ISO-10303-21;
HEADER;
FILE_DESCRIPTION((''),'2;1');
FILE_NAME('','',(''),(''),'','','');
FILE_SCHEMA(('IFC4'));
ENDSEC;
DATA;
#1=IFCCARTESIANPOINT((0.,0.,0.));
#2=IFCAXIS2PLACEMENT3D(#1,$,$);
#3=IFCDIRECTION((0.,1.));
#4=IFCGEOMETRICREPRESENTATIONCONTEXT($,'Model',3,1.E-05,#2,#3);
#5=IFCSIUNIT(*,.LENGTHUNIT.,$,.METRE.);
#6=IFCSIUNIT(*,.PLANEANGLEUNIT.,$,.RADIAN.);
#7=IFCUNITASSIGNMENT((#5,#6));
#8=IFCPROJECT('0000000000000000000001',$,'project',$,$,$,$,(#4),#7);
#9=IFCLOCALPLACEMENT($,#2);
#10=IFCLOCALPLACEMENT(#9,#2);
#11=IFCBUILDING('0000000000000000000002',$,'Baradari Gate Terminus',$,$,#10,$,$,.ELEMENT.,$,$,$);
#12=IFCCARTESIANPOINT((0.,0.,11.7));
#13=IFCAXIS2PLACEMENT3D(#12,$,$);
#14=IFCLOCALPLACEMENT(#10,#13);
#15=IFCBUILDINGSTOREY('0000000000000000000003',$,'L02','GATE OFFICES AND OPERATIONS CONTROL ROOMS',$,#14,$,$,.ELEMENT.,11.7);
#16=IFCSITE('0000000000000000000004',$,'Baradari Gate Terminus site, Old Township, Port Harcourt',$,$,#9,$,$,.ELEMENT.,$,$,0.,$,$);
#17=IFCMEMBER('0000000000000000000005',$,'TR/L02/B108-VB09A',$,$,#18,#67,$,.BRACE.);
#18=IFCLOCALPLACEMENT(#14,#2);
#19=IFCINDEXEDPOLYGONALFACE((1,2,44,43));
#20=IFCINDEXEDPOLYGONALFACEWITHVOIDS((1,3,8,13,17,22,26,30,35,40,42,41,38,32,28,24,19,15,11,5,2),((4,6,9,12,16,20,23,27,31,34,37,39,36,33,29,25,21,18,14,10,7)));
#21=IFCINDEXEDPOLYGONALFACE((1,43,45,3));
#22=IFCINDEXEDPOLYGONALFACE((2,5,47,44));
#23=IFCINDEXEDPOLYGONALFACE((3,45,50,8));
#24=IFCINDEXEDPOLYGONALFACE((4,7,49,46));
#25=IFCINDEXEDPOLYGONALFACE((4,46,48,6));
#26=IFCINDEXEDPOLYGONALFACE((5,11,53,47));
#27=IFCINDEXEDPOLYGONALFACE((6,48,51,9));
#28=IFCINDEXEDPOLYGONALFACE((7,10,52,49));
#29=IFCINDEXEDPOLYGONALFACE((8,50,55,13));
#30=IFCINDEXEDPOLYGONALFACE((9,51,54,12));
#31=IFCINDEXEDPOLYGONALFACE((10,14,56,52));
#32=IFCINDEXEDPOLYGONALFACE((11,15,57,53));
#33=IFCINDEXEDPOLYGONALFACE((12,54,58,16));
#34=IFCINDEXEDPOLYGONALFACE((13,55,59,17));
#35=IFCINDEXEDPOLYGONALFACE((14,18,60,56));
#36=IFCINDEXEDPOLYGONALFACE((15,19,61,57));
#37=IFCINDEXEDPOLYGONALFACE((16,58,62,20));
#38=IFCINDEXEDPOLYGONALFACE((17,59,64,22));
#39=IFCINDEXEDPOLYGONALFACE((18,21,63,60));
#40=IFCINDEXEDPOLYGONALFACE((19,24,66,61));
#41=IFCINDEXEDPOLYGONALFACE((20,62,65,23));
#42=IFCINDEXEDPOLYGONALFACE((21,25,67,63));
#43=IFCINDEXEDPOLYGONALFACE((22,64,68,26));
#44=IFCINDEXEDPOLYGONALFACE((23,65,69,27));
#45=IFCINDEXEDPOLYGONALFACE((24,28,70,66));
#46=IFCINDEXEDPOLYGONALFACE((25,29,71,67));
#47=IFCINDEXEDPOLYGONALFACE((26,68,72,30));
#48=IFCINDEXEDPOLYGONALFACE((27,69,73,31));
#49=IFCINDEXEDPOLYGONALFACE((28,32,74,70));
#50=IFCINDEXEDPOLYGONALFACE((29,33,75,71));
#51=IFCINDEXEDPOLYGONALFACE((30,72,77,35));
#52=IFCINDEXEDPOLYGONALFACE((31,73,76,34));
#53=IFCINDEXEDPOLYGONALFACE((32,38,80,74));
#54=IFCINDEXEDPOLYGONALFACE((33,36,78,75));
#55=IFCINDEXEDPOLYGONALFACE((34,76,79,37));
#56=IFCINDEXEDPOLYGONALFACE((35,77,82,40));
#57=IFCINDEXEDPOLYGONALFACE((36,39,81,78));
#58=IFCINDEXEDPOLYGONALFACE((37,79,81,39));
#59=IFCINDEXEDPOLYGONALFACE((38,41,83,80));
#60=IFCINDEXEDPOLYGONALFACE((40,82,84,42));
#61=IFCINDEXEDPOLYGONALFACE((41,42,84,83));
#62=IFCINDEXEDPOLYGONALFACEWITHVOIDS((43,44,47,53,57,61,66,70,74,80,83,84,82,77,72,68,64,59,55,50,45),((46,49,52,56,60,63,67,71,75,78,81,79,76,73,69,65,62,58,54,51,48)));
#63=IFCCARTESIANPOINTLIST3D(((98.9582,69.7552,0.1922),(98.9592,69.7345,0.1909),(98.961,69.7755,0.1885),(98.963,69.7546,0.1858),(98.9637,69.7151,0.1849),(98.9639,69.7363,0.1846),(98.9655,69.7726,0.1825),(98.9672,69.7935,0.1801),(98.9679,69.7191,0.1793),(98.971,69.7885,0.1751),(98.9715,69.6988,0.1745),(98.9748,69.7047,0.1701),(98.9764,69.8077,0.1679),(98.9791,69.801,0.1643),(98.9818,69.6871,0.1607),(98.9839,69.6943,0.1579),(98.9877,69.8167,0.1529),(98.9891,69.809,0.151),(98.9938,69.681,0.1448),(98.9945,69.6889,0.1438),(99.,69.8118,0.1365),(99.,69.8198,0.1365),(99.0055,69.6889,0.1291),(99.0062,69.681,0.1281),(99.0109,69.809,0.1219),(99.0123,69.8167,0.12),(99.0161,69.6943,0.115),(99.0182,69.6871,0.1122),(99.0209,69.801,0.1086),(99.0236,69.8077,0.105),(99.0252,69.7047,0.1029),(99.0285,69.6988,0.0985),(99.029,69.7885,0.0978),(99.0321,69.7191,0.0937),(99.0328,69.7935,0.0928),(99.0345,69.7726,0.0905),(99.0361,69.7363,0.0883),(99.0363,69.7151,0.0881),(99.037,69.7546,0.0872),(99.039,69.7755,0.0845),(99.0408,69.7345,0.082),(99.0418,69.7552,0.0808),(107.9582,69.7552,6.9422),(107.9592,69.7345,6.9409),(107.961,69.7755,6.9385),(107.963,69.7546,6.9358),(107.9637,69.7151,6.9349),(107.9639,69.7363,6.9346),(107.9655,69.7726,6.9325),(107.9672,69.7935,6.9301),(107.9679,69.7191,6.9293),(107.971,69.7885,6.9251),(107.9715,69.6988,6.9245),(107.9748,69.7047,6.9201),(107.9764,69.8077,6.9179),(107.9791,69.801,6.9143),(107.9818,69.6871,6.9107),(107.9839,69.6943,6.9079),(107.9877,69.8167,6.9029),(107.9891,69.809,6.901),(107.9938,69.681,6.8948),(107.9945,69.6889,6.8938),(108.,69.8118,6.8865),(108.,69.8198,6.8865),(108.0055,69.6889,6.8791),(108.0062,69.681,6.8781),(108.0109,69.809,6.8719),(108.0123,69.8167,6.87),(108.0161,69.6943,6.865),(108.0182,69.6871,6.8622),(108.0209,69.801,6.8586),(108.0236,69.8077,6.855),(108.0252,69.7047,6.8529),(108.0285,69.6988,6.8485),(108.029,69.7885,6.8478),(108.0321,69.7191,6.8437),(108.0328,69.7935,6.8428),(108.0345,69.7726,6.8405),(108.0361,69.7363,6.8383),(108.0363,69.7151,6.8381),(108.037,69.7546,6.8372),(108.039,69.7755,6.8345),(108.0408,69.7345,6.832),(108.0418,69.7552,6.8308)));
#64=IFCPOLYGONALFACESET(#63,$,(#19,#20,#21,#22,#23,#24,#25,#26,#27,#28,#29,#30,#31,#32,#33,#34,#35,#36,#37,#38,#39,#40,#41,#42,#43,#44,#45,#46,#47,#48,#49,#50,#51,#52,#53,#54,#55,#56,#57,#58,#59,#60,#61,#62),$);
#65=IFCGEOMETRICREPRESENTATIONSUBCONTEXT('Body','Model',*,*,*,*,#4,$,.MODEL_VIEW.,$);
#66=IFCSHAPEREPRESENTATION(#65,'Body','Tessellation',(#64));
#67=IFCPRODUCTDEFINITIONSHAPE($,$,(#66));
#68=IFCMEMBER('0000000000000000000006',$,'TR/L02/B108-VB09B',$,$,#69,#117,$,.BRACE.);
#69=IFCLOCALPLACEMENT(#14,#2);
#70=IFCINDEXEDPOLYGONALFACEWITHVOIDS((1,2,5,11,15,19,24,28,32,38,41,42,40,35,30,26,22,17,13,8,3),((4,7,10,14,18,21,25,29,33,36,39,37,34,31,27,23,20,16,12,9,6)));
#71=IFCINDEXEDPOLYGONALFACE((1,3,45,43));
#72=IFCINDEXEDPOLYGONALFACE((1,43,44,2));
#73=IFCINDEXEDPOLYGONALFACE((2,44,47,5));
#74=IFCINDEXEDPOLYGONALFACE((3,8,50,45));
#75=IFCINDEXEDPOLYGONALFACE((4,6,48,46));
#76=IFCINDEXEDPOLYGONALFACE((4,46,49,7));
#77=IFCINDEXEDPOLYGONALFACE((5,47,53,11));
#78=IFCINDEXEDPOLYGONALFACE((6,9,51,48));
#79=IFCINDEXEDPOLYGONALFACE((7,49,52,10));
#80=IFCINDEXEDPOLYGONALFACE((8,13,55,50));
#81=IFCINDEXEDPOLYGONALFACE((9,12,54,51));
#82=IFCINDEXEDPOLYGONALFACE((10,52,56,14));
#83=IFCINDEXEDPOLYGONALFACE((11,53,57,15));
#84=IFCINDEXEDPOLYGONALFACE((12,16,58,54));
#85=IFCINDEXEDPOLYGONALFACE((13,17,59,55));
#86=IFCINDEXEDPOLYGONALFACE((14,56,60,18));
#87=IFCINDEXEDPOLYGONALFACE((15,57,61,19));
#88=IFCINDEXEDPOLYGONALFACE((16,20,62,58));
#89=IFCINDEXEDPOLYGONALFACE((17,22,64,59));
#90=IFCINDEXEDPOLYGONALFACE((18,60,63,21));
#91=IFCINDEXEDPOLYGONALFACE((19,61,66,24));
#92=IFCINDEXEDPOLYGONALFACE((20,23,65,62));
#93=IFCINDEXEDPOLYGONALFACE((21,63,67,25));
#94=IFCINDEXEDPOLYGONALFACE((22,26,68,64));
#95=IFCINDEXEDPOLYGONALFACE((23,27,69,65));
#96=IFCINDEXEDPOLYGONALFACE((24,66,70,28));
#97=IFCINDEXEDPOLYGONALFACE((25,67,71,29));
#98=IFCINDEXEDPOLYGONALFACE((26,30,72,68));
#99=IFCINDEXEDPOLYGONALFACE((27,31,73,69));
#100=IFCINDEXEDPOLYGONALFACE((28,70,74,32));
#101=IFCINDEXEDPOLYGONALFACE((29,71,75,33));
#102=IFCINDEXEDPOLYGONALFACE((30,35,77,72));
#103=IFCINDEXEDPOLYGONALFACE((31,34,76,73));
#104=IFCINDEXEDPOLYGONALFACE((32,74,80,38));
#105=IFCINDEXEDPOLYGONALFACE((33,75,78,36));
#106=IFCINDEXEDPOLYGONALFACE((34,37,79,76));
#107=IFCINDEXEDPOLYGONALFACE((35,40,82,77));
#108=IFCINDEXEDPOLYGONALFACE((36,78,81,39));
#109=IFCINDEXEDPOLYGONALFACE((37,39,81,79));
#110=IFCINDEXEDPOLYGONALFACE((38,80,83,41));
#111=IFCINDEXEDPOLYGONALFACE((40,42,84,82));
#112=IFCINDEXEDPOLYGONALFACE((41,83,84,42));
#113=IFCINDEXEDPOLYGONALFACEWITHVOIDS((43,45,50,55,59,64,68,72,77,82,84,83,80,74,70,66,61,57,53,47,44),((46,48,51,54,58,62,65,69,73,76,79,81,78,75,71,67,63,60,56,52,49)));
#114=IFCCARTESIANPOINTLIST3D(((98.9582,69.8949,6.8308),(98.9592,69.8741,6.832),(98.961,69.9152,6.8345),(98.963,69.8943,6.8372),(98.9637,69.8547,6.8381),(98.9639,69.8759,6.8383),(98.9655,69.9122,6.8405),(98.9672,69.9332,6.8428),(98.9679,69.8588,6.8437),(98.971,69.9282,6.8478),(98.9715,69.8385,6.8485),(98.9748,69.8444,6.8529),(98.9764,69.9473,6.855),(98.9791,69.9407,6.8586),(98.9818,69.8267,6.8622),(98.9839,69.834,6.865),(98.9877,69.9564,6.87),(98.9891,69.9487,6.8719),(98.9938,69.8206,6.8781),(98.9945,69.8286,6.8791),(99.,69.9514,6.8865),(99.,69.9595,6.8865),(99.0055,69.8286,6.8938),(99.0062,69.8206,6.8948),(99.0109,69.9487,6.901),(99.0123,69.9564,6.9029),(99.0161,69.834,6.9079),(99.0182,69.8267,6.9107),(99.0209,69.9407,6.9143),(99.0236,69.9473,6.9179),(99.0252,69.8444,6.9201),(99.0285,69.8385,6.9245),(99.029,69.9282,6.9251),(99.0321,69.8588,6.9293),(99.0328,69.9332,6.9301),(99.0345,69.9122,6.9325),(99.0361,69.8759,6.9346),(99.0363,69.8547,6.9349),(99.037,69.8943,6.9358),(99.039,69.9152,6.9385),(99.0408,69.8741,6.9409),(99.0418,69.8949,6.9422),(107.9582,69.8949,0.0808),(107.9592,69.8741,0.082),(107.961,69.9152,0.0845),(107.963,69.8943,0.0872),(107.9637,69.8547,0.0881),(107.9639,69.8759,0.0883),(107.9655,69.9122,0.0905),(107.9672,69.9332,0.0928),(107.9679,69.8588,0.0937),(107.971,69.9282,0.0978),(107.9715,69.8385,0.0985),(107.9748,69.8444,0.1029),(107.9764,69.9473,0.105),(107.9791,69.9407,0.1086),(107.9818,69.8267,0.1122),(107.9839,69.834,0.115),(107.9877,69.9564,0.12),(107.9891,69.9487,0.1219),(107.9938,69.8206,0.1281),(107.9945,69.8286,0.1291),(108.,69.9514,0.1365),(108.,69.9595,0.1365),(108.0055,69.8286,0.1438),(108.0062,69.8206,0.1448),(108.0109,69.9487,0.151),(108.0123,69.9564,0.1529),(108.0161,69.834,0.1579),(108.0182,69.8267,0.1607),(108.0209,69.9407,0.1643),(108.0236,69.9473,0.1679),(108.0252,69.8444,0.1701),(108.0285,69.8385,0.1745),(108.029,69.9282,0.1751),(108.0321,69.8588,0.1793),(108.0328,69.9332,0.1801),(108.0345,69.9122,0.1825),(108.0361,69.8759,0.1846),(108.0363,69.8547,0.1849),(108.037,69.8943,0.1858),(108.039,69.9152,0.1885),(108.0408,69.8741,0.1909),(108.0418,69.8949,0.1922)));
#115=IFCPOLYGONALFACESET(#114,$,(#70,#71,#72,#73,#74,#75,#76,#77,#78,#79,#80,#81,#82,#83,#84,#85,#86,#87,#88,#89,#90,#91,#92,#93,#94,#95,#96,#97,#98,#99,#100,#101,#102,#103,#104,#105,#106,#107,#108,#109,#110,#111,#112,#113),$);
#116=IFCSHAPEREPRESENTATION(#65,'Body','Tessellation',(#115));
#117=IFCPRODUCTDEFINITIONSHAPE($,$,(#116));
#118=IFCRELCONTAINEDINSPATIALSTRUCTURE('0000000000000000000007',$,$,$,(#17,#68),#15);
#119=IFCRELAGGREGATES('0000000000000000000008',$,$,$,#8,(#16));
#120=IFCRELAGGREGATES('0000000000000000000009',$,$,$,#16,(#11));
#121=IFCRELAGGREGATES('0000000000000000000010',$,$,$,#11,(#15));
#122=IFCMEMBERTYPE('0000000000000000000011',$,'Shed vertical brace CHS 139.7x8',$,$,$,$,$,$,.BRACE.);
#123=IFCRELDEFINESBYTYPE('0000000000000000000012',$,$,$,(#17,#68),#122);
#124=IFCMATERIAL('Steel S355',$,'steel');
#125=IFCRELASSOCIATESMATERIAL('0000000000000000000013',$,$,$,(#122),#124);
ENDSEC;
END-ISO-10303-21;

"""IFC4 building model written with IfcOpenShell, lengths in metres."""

from ifc_helpers import new_model, si_unit, direction, frame, origin, origin_2d, place, context, subcontext, project, spatial, hollow_circle, extrude, material, material_profile, profile_set, type_object, element, save


model = new_model("IFC4")

# Units and contexts
model_context = context("Model", 3, precision=1e-05, world=origin(), true_north=direction((0.0, 1.0)))
body_context = subcontext(model_context, "Body", "Model", "MODEL_VIEW")
ifc_project = project(units=[si_unit("LENGTHUNIT", "METRE"), si_unit("PLANEANGLEUNIT", "RADIAN")], contexts=[model_context])

# Site, building, storey
site_placement = place(None, origin())
site = spatial("IfcSite", under=ifc_project, at=site_placement, Name="Baradari Gate Terminus site, Old Township, Port Harcourt", CompositionType="ELEMENT", RefElevation=0.0)
building_placement = place(site_placement, origin())
building = spatial("IfcBuilding", under=site, at=building_placement, Name="Baradari Gate Terminus", CompositionType="ELEMENT")
storey_placement = place(building_placement, frame((0.0, 0.0, 11.7)))
storey = spatial("IfcBuildingStorey", under=building, at=storey_placement, Name="L02", Description="GATE OFFICES AND OPERATIONS CONTROL ROOMS", CompositionType="ELEMENT", Elevation=11.7)

# Members
ifc_material_1 = material(Name="Steel S355", Category="steel")
ifc_material_profile_1 = material_profile(ifc_material_1, hollow_circle(Radius=0.0698, WallThickness=0.0081, at=origin_2d()), Name="CHS 139.7x8")
ifc_profile_set_1 = profile_set([ifc_material_profile_1], Name="Steel S355")
member_type_1 = type_object("IfcMemberType", Name="Shed vertical brace CHS 139.7x8", PredefinedType="BRACE", material=ifc_profile_set_1)
for number, where, z_axis, x_axis, name in (
    (1, (99.0, 69.75, 0.1365), (0.8, 0.0, 0.6), (0.0, 1.0, 0.0), "TR/L02/B108-VB09A"),
    (2, (99.0, 69.8896, 6.8865), (0.8, 0.0, -0.6), (0.0, 1.0, 0.0), "TR/L02/B108-VB09B"),
):
    element("IfcMember", number, at=place(storey_placement, frame(where, z_axis=z_axis, x_axis=x_axis)), inside=storey, type_object=member_type_1, Name=name, PredefinedType="BRACE", context=body_context, shape_type="SweptSolid", body=[
        extrude(hollow_circle(Radius=0.0698, WallThickness=0.0081, at=origin_2d()), origin(), (0.0, 0.0, 1.0), 11.25),
    ])

save(model, "model.ifc")
